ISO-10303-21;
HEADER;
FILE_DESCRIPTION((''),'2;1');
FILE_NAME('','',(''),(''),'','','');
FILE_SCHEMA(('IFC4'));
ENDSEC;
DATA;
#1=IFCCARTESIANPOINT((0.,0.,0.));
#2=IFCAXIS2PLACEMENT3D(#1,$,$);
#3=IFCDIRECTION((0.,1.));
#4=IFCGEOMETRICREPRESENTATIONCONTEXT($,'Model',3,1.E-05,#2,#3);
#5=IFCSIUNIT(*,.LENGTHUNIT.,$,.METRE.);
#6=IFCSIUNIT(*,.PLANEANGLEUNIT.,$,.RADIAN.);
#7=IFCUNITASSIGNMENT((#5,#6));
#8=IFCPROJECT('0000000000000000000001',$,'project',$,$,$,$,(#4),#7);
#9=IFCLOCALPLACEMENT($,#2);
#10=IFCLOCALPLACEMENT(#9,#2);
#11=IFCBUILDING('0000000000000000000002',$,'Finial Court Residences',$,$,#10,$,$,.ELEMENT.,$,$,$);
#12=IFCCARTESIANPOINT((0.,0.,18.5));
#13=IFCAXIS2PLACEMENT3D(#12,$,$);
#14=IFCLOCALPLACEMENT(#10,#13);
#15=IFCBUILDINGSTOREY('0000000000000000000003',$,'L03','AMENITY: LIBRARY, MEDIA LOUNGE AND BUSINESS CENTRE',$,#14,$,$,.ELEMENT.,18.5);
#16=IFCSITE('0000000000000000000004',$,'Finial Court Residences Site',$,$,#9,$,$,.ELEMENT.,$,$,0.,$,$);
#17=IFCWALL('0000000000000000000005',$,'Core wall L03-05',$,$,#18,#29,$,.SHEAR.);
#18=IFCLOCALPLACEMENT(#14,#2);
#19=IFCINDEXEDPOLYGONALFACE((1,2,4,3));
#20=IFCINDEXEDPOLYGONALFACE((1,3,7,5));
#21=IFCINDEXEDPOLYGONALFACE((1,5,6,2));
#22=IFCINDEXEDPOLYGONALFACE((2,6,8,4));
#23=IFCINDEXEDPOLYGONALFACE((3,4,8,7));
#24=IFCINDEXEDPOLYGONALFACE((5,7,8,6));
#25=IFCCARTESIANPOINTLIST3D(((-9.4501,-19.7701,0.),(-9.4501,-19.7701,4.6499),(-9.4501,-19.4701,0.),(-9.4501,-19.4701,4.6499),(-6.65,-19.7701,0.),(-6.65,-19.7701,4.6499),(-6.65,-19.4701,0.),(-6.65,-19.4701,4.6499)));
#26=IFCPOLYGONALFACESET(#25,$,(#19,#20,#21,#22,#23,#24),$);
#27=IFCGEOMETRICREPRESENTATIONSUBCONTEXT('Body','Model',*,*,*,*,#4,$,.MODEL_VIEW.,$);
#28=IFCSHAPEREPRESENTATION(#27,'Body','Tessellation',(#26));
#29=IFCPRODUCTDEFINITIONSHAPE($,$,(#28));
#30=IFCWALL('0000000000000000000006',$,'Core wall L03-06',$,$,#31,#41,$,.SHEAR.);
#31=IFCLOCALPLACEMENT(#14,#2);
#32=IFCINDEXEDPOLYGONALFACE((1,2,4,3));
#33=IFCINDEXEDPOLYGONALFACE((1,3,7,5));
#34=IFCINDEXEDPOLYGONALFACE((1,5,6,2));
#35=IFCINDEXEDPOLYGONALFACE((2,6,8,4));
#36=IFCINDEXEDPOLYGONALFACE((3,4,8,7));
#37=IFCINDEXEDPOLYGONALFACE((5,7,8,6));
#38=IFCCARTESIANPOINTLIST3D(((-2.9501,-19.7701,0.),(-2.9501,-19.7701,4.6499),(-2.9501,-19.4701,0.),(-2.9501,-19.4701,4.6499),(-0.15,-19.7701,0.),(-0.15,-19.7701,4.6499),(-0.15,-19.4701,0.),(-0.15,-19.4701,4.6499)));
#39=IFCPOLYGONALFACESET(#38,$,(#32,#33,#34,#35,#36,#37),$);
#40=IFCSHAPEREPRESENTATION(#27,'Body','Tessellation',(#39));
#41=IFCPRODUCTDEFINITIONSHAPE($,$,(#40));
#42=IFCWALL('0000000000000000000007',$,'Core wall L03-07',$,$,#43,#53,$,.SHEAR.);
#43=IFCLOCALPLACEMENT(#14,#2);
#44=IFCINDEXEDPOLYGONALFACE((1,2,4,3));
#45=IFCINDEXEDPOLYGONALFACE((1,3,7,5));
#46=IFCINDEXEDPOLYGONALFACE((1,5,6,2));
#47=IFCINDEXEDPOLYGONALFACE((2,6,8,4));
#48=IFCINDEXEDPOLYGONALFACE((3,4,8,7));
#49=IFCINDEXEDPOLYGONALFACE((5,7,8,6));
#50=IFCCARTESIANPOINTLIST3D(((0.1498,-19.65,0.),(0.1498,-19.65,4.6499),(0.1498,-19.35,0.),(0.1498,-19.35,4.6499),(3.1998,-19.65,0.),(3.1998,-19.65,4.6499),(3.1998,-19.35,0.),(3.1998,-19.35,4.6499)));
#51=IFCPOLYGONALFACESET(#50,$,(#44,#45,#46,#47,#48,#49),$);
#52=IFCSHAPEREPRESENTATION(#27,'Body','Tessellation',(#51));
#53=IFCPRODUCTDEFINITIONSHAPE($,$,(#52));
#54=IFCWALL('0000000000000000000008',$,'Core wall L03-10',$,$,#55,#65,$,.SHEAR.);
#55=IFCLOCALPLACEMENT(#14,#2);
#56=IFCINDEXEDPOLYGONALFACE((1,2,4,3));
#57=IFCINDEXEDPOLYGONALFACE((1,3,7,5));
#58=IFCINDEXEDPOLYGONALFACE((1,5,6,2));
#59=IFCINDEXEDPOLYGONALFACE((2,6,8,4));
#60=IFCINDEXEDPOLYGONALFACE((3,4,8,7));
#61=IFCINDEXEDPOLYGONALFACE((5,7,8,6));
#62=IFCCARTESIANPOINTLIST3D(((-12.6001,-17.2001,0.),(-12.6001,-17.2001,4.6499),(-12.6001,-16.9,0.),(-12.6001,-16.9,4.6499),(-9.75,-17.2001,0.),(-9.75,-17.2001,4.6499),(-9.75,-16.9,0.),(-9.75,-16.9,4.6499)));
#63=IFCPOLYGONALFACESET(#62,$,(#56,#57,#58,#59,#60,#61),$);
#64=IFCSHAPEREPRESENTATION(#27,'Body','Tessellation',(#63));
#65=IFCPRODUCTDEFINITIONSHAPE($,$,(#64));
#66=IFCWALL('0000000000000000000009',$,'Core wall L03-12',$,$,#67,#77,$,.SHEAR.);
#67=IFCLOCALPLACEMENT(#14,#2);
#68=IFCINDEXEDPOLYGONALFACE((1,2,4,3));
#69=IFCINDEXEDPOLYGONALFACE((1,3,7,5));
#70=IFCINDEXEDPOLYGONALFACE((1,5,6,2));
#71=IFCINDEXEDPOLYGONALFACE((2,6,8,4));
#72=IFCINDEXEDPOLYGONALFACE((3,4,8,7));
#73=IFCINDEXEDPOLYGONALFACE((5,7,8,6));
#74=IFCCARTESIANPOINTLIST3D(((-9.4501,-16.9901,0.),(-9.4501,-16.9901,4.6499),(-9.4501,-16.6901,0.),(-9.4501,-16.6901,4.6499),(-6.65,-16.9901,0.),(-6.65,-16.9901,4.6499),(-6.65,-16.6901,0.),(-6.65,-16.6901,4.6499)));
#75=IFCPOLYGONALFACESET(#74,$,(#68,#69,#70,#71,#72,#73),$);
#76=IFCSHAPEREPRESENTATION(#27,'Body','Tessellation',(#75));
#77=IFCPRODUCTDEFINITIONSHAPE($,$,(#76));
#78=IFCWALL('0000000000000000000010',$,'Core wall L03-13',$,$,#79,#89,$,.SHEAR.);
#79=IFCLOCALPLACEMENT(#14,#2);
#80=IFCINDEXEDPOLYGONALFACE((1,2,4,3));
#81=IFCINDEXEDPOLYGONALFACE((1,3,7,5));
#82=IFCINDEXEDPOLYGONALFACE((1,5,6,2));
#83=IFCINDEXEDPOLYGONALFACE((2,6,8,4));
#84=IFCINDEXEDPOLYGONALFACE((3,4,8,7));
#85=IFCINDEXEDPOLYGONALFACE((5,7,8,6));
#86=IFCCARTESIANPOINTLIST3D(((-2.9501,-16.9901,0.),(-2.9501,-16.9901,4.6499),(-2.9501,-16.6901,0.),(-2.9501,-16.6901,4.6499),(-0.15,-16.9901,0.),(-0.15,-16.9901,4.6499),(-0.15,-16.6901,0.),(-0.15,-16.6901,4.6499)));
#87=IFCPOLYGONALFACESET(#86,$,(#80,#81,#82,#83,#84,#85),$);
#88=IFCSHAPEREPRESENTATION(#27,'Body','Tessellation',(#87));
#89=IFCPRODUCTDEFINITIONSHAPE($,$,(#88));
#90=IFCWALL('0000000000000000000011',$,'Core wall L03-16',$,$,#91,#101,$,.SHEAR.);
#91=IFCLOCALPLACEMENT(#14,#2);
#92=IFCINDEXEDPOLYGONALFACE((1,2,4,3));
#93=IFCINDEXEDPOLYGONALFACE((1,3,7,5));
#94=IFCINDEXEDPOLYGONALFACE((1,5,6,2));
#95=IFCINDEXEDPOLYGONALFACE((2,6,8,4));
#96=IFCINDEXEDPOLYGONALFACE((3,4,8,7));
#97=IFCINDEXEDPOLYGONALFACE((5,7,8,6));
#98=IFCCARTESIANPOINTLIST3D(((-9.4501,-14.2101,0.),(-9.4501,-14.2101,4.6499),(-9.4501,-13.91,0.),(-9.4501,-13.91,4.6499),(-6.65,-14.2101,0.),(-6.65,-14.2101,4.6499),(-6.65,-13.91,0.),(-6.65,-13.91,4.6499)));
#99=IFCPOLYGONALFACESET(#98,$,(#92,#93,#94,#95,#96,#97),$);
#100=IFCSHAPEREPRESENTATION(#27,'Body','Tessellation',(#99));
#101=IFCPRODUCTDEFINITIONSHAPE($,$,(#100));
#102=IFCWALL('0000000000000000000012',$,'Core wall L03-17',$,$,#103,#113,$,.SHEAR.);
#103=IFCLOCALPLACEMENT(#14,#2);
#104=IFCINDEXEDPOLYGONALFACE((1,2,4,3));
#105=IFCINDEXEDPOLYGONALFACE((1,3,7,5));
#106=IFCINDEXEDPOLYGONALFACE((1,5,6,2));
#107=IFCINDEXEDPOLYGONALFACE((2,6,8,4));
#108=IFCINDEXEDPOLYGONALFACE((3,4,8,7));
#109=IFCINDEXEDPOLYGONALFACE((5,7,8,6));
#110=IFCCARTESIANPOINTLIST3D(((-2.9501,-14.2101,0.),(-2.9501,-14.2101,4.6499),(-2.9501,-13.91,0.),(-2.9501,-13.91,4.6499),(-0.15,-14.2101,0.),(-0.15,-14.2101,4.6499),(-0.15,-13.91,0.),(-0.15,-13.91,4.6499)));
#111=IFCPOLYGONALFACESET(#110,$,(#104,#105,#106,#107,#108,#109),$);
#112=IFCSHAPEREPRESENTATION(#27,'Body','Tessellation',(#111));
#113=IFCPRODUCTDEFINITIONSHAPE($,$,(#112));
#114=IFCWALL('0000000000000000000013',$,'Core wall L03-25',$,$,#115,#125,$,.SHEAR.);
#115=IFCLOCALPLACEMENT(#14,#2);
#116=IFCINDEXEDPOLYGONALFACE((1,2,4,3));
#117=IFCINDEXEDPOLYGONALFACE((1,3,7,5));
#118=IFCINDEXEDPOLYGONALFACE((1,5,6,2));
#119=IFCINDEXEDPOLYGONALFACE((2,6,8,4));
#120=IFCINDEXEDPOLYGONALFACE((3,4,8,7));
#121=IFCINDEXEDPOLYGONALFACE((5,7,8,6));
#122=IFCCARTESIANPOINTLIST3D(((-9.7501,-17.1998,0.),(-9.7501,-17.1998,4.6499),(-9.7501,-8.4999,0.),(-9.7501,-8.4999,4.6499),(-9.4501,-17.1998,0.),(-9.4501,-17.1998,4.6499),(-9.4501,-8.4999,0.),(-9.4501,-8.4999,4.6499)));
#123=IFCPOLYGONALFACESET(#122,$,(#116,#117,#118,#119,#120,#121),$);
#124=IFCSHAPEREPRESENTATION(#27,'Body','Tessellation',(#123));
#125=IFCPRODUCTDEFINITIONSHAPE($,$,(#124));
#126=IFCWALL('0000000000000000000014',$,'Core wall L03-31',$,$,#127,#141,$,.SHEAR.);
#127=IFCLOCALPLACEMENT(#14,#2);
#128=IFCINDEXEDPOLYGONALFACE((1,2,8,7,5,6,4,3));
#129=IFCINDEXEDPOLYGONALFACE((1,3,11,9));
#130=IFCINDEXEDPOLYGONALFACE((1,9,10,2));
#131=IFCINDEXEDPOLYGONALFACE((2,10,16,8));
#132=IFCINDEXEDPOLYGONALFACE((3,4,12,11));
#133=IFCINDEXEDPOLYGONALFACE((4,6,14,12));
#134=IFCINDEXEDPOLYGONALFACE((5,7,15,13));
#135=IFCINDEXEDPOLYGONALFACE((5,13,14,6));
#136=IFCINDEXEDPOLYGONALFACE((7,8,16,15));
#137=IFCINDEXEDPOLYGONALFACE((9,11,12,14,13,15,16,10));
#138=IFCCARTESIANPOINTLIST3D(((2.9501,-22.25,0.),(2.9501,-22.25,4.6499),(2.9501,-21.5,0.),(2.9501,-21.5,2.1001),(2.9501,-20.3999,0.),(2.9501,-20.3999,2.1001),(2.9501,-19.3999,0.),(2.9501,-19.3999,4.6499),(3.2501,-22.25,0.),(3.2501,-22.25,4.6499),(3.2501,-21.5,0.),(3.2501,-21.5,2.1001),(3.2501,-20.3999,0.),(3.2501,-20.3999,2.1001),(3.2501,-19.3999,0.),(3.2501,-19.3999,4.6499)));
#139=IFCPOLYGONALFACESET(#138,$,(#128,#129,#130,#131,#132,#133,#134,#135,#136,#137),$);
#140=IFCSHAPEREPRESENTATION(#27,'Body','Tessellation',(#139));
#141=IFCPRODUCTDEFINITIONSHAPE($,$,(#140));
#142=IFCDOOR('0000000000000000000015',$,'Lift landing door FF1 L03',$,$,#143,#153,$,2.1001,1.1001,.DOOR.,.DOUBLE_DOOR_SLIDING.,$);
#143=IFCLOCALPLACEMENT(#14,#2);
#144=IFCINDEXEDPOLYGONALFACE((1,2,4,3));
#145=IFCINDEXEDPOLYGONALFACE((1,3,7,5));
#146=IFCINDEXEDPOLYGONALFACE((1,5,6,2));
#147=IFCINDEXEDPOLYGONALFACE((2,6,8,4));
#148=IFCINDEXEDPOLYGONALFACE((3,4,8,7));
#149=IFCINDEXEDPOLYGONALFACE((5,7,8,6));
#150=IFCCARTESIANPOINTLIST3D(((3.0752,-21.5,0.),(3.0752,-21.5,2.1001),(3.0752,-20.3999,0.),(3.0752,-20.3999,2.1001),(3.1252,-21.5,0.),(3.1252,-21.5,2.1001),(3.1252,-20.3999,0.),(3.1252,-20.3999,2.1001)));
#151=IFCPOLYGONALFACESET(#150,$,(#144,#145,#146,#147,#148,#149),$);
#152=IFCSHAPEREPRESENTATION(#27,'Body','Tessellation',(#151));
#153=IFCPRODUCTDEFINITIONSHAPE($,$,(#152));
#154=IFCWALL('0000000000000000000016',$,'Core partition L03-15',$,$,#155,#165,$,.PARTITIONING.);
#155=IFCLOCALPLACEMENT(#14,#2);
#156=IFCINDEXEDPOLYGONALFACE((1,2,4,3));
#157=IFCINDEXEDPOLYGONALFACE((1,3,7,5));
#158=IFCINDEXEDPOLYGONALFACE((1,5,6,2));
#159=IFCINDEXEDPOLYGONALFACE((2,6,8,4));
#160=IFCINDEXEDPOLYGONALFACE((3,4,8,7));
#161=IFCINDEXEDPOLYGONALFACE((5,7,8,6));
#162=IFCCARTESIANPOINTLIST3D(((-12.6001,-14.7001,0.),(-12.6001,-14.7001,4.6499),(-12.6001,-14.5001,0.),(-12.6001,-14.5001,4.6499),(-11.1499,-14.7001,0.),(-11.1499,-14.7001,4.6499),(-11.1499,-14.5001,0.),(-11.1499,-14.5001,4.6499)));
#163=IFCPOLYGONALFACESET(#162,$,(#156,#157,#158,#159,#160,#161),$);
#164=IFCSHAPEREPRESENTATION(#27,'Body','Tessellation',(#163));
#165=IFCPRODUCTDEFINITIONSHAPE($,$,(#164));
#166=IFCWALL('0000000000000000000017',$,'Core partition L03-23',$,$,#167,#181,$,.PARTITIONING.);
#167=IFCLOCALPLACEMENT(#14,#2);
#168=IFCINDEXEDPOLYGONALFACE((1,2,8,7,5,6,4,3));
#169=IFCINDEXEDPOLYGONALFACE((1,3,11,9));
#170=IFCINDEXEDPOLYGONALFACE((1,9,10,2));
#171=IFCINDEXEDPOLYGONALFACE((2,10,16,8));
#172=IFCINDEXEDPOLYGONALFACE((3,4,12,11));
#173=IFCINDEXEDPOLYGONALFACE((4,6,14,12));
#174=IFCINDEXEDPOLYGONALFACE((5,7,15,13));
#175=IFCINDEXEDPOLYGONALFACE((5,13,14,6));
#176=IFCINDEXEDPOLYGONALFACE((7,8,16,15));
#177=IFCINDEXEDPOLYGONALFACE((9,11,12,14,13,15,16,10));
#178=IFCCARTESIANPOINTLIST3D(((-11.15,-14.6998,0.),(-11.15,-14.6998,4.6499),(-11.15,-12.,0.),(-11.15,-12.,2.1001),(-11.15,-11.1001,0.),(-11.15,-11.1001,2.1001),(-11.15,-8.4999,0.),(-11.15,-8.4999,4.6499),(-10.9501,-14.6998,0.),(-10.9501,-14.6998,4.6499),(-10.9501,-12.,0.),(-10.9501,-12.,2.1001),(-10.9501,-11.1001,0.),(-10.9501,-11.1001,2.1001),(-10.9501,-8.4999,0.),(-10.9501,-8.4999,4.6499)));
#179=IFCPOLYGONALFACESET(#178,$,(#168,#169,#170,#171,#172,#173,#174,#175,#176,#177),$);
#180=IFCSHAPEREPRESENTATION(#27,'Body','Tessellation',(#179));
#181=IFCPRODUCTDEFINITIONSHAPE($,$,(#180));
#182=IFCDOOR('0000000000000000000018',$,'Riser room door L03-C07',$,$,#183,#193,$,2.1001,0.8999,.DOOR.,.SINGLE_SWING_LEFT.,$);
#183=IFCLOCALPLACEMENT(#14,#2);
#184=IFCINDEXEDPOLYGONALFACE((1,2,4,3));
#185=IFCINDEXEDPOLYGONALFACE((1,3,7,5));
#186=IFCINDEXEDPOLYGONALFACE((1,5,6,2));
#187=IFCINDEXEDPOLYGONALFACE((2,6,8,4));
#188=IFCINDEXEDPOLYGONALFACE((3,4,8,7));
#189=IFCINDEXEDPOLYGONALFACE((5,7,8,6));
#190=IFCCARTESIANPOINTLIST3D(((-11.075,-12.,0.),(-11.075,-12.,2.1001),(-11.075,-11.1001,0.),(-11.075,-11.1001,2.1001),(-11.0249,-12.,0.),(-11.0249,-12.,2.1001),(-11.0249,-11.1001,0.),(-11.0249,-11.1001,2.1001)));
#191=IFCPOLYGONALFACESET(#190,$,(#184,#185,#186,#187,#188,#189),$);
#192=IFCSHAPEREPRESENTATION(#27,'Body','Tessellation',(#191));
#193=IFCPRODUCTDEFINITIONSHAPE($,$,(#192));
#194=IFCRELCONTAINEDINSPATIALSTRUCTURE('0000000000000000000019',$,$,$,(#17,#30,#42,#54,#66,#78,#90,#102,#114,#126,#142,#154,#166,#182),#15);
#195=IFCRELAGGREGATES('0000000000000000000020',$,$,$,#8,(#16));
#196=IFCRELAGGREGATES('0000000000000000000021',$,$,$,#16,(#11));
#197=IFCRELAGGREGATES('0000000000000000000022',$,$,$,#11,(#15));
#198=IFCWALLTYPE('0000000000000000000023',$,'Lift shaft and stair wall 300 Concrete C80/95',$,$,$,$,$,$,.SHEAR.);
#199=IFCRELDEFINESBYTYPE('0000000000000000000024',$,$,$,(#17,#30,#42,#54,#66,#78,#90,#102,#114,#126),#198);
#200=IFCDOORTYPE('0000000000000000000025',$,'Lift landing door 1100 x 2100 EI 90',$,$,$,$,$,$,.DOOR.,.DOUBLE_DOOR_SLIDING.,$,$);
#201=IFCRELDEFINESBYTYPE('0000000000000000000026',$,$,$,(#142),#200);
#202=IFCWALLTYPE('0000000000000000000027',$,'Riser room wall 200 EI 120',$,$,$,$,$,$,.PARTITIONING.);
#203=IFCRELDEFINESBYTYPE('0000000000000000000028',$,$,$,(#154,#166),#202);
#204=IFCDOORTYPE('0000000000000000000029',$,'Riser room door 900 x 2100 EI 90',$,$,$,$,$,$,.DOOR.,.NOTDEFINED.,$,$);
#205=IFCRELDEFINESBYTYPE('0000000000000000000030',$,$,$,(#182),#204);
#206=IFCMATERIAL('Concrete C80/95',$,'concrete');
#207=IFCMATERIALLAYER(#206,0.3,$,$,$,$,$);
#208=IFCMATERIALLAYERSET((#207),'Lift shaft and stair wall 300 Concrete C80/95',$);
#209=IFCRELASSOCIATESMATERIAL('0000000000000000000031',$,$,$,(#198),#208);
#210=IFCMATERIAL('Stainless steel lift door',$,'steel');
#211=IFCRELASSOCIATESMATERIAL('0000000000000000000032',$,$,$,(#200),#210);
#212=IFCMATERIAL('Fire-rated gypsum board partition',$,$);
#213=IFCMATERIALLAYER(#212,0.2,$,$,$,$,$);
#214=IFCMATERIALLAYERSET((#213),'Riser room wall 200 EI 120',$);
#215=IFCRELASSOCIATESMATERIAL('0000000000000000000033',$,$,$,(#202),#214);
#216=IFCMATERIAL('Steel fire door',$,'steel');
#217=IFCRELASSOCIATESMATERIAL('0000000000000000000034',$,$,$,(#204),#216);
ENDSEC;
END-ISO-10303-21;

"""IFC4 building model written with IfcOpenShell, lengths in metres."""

from ifc_helpers import new_model, si_unit, direction, frame, frame_2d, origin, place, context, subcontext, project, spatial, rectangle, extrude, material, layer, layer_set, type_object, element, fill, save


model = new_model("IFC4")

# Units and contexts
model_context = context("Model", 3, precision=1e-05, world=origin(), true_north=direction((0.0, 1.0)))
body_context = subcontext(model_context, "Body", "Model", "MODEL_VIEW")
ifc_project = project(units=[si_unit("LENGTHUNIT", "METRE"), si_unit("PLANEANGLEUNIT", "RADIAN")], contexts=[model_context])

# Site, building, storey
site_placement = place(None, origin())
site = spatial("IfcSite", under=ifc_project, at=site_placement, Name="Finial Court Residences Site", CompositionType="ELEMENT", RefElevation=0.0)
building_placement = place(site_placement, origin())
building = spatial("IfcBuilding", under=site, at=building_placement, Name="Finial Court Residences", CompositionType="ELEMENT")
storey_placement = place(building_placement, frame((0.0, 0.0, 18.5)))
storey = spatial("IfcBuildingStorey", under=building, at=storey_placement, Name="L03", Description="AMENITY: LIBRARY, MEDIA LOUNGE AND BUSINESS CENTRE", CompositionType="ELEMENT", Elevation=18.5)

# Walls
ifc_material_1 = material(Name="Concrete C80/95", Category="concrete")
ifc_layer_1 = layer(ifc_material_1, 0.3)
ifc_layer_set_1 = layer_set([ifc_layer_1], Name="Lift shaft and stair wall 300 Concrete C80/95")
wall_type_1 = type_object("IfcWallType", Name="Lift shaft and stair wall 300 Concrete C80/95", PredefinedType="SHEAR", material=ifc_layer_set_1)
for number, where, z_axis, x_axis, name in (
    (1, (-9.45, -19.6201, 0.0), (0.0, 0.0, 1.0), (1.0, 0.0, 0.0), "Core wall L03-05"),
    (2, (-2.95, -19.6201, 0.0), (0.0, 0.0, 1.0), (1.0, 0.0, 0.0), "Core wall L03-06"),
):
    element("IfcWall", number, at=place(storey_placement, frame(where, z_axis=z_axis, x_axis=x_axis)), inside=storey, type_object=wall_type_1, Name=name, PredefinedType="SHEAR", context=body_context, shape_type="SweptSolid", body=[
        extrude(rectangle(XDim=2.8, YDim=0.3, at=frame_2d((1.3999, 0.0))), origin(), (0.0, 0.0, 1.0), 4.6499),
    ])
wall_1_placement = place(storey_placement, frame((0.1499, -19.5, 0.0), z_axis=(0.0, 0.0, 1.0), x_axis=(1.0, 0.0, 0.0)))
element("IfcWall", 3, at=wall_1_placement, inside=storey, type_object=wall_type_1, Name="Core wall L03-07", PredefinedType="SHEAR", context=body_context, shape_type="SweptSolid", body=[
    extrude(rectangle(XDim=3.05, YDim=0.3, at=frame_2d((1.5249, 0.0))), origin(), (0.0, 0.0, 1.0), 4.6499),
])
wall_2_placement = place(storey_placement, frame((-12.6001, -17.05, 0.0), z_axis=(0.0, 0.0, 1.0), x_axis=(1.0, 0.0, 0.0)))
element("IfcWall", 4, at=wall_2_placement, inside=storey, type_object=wall_type_1, Name="Core wall L03-10", PredefinedType="SHEAR", context=body_context, shape_type="SweptSolid", body=[
    extrude(rectangle(XDim=2.8501, YDim=0.3, at=frame_2d((1.425, 0.0))), origin(), (0.0, 0.0, 1.0), 4.6499),
])
for number, where, z_axis, x_axis, name in (
    (5, (-9.45, -16.8401, 0.0), (0.0, 0.0, 1.0), (1.0, 0.0, 0.0), "Core wall L03-12"),
    (6, (-2.95, -16.8401, 0.0), (0.0, 0.0, 1.0), (1.0, 0.0, 0.0), "Core wall L03-13"),
    (7, (-9.45, -14.0601, 0.0), (0.0, 0.0, 1.0), (1.0, 0.0, 0.0), "Core wall L03-16"),
    (8, (-2.95, -14.0601, 0.0), (0.0, 0.0, 1.0), (1.0, 0.0, 0.0), "Core wall L03-17"),
):
    element("IfcWall", number, at=place(storey_placement, frame(where, z_axis=z_axis, x_axis=x_axis)), inside=storey, type_object=wall_type_1, Name=name, PredefinedType="SHEAR", context=body_context, shape_type="SweptSolid", body=[
        extrude(rectangle(XDim=2.8, YDim=0.3, at=frame_2d((1.3999, 0.0))), origin(), (0.0, 0.0, 1.0), 4.6499),
    ])
wall_3_placement = place(storey_placement, frame((-9.6001, -17.2, 0.0), z_axis=(0.0, 0.0, 1.0), x_axis=(0.0, 1.0, 0.0)))
element("IfcWall", 9, at=wall_3_placement, inside=storey, type_object=wall_type_1, Name="Core wall L03-25", PredefinedType="SHEAR", context=body_context, shape_type="SweptSolid", body=[
    extrude(rectangle(XDim=8.7, YDim=0.3, at=frame_2d((4.3501, 0.0))), origin(), (0.0, 0.0, 1.0), 4.6499),
])

# Wall, opening, door
wall_4_placement = place(storey_placement, frame((3.1001, -22.25, 0.0), z_axis=(0.0, 0.0, 1.0), x_axis=(0.0, 1.0, 0.0)))
wall_4 = element("IfcWall", 10, at=wall_4_placement, inside=storey, type_object=wall_type_1, Name="Core wall L03-31", PredefinedType="SHEAR", context=body_context, shape_type="SweptSolid", body=[
    extrude(rectangle(XDim=2.8501, YDim=0.3, at=frame_2d((1.425, 0.0))), origin(), (0.0, 0.0, 1.0), 4.6499),
])
opening_1_placement = place(wall_4_placement, frame((0.75, 0.0, 0.0)))
opening_1 = element("IfcOpeningElement", 11, at=opening_1_placement, cuts=wall_4, PredefinedType="OPENING", context=body_context, shape_type="SweptSolid", body=[
    extrude(rectangle(XDim=1.1001, YDim=2.1001, at=frame_2d((0.55, 1.05))), frame((0.0, 0.1599, 0.0), z_axis=(0.0, -1.0, 0.0), x_axis=(1.0, 0.0, 0.0)), (0.0, 0.0, 1.0), 0.3201),
])
ifc_material_2 = material(Name="Stainless steel lift door", Category="steel")
door_type_1 = type_object("IfcDoorType", Name="Lift landing door 1100 x 2100 EI 90", OperationType="DOUBLE_DOOR_SLIDING", PredefinedType="DOOR", material=ifc_material_2)
door_1_placement = place(opening_1_placement, origin())
door_1 = element("IfcDoor", 12, at=door_1_placement, inside=storey, type_object=door_type_1, Name="Lift landing door FF1 L03", OperationType="DOUBLE_DOOR_SLIDING", OverallHeight=2.1001, OverallWidth=1.1001, PredefinedType="DOOR", context=body_context, shape_type="SweptSolid", body=[
    extrude(rectangle(XDim=1.1001, YDim=2.1001, at=frame_2d((0.55, 1.05))), frame((0.0, 0.0249, 0.0), z_axis=(0.0, -1.0, 0.0), x_axis=(1.0, 0.0, 0.0)), (0.0, 0.0, 1.0), 0.05),
])
fill(opening_1, door_1)

# Wall
ifc_material_3 = material(Name="Fire-rated gypsum board partition")
ifc_layer_2 = layer(ifc_material_3, 0.2)
ifc_layer_set_2 = layer_set([ifc_layer_2], Name="Riser room wall 200 EI 120")
wall_type_2 = type_object("IfcWallType", Name="Riser room wall 200 EI 120", PredefinedType="PARTITIONING", material=ifc_layer_set_2)
wall_5_placement = place(storey_placement, frame((-12.6001, -14.6001, 0.0), z_axis=(0.0, 0.0, 1.0), x_axis=(1.0, 0.0, 0.0)))
element("IfcWall", 13, at=wall_5_placement, inside=storey, type_object=wall_type_2, Name="Core partition L03-15", PredefinedType="PARTITIONING", context=body_context, shape_type="SweptSolid", body=[
    extrude(rectangle(XDim=1.4502, YDim=0.2, at=frame_2d((0.7251, 0.0))), origin(), (0.0, 0.0, 1.0), 4.6499),
])

# Wall, opening, door
wall_6_placement = place(storey_placement, frame((-11.05, -14.7, 0.0), z_axis=(0.0, 0.0, 1.0), x_axis=(0.0, 1.0, 0.0)))
wall_6 = element("IfcWall", 14, at=wall_6_placement, inside=storey, type_object=wall_type_2, Name="Core partition L03-23", PredefinedType="PARTITIONING", context=body_context, shape_type="SweptSolid", body=[
    extrude(rectangle(XDim=6.2, YDim=0.2, at=frame_2d((3.1001, 0.0))), origin(), (0.0, 0.0, 1.0), 4.6499),
])
opening_2_placement = place(wall_6_placement, frame((2.7, 0.0, 0.0)))
opening_2 = element("IfcOpeningElement", 15, at=opening_2_placement, cuts=wall_6, PredefinedType="OPENING", context=body_context, shape_type="SweptSolid", body=[
    extrude(rectangle(XDim=0.8999, YDim=2.1001, at=frame_2d((0.45, 1.05))), frame((0.0, 0.1099, 0.0), z_axis=(0.0, -1.0, 0.0), x_axis=(1.0, 0.0, 0.0)), (0.0, 0.0, 1.0), 0.22),
])
ifc_material_4 = material(Name="Steel fire door", Category="steel")
door_type_2 = type_object("IfcDoorType", Name="Riser room door 900 x 2100 EI 90", OperationType="NOTDEFINED", PredefinedType="DOOR", material=ifc_material_4)
door_2_placement = place(opening_2_placement, origin())
door_2 = element("IfcDoor", 16, at=door_2_placement, inside=storey, type_object=door_type_2, Name="Riser room door L03-C07", OperationType="SINGLE_SWING_LEFT", OverallHeight=2.1001, OverallWidth=0.8999, PredefinedType="DOOR", context=body_context, shape_type="SweptSolid", body=[
    extrude(rectangle(XDim=0.8999, YDim=2.1001, at=frame_2d((0.45, 1.05))), frame((0.0, 0.0249, 0.0), z_axis=(0.0, -1.0, 0.0), x_axis=(1.0, 0.0, 0.0)), (0.0, 0.0, 1.0), 0.05),
])
fill(opening_2, door_2)

save(model, "model.ifc")
